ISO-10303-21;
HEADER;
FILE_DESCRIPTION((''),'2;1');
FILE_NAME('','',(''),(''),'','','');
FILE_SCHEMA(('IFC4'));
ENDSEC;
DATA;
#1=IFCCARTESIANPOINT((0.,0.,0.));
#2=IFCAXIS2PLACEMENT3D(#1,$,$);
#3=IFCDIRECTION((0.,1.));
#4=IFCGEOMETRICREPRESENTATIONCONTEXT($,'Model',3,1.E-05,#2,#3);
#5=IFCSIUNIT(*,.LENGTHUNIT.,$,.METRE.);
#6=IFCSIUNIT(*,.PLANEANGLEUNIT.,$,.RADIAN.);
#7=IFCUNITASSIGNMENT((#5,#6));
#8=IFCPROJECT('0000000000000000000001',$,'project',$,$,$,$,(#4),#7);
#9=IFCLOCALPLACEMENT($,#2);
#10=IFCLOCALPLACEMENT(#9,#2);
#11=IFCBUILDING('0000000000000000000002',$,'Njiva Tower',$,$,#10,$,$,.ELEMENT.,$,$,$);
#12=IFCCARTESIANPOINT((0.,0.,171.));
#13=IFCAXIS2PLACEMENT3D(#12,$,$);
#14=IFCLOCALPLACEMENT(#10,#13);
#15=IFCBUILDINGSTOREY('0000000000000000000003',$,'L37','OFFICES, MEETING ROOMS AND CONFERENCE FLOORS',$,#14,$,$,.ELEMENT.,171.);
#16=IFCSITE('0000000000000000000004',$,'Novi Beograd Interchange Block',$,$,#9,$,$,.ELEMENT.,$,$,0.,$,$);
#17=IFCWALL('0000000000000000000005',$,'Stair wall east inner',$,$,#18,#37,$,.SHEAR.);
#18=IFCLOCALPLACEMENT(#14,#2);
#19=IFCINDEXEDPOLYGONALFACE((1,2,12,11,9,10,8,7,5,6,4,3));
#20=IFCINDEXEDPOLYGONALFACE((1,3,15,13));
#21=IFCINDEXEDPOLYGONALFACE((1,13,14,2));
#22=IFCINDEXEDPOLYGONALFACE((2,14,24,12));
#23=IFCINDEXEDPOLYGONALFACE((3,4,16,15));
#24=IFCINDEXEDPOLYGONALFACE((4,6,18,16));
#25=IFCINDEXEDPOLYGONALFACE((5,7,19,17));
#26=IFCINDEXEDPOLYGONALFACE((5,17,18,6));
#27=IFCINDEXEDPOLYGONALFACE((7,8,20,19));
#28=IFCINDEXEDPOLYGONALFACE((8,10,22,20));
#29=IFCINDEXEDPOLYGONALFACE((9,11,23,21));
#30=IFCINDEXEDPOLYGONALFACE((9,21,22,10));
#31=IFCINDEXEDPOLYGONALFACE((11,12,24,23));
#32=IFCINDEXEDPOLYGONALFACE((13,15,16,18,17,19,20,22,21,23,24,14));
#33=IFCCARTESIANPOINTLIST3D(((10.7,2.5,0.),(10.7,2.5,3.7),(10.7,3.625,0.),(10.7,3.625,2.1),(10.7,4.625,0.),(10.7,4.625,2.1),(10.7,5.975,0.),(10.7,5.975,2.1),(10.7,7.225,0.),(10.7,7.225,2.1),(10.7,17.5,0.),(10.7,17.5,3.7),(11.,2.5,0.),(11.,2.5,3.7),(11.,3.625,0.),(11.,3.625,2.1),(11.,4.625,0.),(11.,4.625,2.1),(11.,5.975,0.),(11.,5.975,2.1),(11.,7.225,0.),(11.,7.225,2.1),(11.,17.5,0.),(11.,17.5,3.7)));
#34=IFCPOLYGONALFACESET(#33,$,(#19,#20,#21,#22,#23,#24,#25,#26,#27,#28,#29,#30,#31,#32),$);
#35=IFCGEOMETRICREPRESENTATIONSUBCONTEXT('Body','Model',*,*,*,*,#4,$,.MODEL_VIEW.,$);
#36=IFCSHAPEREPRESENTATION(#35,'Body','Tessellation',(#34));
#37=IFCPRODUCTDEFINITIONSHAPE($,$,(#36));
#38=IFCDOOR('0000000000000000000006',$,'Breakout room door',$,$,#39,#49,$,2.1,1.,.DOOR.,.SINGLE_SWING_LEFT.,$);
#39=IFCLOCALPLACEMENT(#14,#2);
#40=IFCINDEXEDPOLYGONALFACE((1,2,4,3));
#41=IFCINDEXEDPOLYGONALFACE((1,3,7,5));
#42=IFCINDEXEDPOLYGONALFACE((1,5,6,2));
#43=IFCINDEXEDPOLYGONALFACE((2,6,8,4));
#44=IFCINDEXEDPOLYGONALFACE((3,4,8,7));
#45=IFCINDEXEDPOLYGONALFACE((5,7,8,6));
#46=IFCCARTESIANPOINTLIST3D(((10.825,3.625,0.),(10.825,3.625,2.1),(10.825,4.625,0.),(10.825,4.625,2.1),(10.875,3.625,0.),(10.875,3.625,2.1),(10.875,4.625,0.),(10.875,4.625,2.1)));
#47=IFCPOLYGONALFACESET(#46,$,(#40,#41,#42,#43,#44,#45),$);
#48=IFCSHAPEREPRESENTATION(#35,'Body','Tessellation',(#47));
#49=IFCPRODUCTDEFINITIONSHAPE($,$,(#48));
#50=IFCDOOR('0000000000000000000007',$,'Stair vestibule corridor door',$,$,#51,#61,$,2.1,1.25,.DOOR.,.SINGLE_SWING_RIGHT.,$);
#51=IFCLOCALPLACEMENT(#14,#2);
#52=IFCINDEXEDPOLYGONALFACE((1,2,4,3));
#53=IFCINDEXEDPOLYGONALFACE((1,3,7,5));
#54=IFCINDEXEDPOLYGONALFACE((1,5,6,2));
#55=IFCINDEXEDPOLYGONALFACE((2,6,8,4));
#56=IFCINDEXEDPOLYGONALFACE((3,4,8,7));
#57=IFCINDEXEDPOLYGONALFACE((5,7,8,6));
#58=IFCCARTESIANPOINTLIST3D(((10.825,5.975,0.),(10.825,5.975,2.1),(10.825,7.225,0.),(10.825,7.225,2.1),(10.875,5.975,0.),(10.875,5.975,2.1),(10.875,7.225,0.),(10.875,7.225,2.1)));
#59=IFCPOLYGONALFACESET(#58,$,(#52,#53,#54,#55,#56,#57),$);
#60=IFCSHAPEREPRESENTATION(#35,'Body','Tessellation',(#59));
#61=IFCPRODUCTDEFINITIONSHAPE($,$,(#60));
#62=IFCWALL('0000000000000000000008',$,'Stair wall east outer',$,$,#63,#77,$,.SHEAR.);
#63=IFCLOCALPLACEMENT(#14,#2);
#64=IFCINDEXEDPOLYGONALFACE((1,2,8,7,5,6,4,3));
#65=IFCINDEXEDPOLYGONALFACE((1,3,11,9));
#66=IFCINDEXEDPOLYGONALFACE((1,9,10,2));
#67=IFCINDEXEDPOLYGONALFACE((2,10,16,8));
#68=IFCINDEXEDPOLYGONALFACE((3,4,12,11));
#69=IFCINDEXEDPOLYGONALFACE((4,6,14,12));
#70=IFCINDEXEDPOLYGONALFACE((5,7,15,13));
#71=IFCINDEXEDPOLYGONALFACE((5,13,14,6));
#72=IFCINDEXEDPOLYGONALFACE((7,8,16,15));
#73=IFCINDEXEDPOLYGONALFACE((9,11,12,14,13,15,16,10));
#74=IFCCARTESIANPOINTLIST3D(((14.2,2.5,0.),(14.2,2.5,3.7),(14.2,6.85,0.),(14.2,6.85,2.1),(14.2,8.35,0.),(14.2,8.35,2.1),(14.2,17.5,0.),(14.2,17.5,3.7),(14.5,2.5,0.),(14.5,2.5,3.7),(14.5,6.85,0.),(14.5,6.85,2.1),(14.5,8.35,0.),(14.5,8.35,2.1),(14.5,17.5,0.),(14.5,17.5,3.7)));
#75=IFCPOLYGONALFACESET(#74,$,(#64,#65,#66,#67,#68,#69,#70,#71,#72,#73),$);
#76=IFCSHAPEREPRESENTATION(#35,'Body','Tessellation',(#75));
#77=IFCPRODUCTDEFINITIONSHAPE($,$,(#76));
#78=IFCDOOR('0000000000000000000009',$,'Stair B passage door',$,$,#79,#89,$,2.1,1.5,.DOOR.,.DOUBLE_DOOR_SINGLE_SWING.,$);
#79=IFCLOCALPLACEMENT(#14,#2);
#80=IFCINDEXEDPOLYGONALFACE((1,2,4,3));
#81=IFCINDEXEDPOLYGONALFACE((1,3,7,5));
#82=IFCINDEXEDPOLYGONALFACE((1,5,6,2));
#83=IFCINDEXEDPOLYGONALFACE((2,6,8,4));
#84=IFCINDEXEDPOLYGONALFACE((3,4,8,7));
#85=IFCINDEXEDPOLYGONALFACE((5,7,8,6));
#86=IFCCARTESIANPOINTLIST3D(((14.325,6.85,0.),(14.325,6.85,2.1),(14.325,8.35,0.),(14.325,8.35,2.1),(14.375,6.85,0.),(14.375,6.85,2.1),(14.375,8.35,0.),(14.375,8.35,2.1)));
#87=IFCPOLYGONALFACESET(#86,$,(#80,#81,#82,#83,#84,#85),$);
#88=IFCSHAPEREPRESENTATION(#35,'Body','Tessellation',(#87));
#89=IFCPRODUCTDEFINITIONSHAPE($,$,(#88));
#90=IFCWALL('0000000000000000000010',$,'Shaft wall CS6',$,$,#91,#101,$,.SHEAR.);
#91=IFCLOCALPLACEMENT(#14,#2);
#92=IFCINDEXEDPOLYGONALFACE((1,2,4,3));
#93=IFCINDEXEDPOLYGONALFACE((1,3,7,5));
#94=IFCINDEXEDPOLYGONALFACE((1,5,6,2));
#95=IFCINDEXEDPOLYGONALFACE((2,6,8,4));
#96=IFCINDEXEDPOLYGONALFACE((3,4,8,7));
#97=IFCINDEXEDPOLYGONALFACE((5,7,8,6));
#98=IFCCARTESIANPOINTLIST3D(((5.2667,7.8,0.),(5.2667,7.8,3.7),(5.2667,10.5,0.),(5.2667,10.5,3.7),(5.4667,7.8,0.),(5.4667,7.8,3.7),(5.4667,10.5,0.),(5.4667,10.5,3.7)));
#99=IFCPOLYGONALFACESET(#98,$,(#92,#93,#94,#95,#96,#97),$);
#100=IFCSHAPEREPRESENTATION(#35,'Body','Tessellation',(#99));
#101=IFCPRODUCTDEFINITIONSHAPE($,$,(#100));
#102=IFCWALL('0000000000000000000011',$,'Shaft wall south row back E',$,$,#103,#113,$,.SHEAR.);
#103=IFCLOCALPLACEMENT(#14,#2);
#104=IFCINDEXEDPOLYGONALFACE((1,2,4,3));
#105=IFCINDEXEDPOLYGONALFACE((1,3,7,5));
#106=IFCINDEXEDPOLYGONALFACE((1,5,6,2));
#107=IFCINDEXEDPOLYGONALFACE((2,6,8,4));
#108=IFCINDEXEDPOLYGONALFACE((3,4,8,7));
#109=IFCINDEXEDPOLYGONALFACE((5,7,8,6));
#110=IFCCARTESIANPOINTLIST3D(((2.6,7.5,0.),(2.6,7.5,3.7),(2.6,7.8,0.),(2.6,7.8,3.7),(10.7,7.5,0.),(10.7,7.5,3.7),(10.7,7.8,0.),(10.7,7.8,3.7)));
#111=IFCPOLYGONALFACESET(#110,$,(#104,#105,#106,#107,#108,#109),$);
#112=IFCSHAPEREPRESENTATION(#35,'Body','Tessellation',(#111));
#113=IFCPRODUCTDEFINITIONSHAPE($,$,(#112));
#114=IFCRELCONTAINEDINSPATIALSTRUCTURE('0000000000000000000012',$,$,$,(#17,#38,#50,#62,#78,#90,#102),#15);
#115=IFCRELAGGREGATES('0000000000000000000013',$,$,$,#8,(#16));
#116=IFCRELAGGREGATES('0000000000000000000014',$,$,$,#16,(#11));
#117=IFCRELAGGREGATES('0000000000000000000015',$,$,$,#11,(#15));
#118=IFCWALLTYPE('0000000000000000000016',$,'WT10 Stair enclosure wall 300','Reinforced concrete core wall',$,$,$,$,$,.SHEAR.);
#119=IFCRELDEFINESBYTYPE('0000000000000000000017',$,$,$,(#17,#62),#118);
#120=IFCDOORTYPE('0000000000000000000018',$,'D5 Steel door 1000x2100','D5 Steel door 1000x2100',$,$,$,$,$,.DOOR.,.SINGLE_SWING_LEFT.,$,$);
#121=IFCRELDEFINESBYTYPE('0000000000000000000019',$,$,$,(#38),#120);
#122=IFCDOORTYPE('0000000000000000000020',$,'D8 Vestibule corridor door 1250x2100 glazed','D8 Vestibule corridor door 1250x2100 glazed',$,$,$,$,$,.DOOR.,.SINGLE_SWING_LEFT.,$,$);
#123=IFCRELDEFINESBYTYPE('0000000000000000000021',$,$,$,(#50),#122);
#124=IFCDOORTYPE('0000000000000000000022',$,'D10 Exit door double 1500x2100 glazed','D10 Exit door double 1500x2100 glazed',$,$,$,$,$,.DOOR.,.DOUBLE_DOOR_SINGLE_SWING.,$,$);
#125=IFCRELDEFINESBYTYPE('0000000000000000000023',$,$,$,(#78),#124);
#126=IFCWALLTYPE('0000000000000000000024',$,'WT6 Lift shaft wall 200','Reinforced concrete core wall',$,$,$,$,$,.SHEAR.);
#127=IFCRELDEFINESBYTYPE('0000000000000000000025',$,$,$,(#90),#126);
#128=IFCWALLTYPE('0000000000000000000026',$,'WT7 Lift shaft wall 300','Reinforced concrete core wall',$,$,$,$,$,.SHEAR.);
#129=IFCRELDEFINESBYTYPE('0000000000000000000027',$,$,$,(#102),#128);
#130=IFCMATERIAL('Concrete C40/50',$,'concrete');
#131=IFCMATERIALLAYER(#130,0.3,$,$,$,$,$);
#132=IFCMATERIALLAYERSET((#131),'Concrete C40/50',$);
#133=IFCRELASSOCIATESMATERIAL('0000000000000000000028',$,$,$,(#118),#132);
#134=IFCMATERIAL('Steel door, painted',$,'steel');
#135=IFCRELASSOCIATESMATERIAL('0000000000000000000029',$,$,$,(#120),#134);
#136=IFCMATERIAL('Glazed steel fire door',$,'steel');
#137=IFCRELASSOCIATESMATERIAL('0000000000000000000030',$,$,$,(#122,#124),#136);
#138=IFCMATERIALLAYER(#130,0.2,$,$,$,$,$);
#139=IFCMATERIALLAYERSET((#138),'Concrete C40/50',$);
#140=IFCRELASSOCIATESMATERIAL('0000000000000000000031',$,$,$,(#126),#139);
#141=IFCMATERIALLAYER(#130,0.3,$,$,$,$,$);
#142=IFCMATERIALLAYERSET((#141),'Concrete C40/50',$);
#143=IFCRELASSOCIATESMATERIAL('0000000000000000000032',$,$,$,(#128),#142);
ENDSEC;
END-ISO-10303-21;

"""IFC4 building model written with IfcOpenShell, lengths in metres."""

from ifc_helpers import new_model, si_unit, direction, frame, frame_2d, origin, place, context, subcontext, project, spatial, rectangle, extrude, material, layer, layer_set, type_object, element, fill, save


model = new_model("IFC4")

# Units and contexts
model_context = context("Model", 3, precision=1e-05, world=origin(), true_north=direction((0.0, 1.0)))
body_context = subcontext(model_context, "Body", "Model", "MODEL_VIEW")
ifc_project = project(units=[si_unit("LENGTHUNIT", "METRE"), si_unit("PLANEANGLEUNIT", "RADIAN")], contexts=[model_context])

# Site, building, storey
site_placement = place(None, origin())
site = spatial("IfcSite", under=ifc_project, at=site_placement, Name="Novi Beograd Interchange Block", CompositionType="ELEMENT", RefElevation=0.0)
building_placement = place(site_placement, origin())
building = spatial("IfcBuilding", under=site, at=building_placement, Name="Njiva Tower", CompositionType="ELEMENT")
storey_placement = place(building_placement, frame((0.0, 0.0, 171.0)))
storey = spatial("IfcBuildingStorey", under=building, at=storey_placement, Name="L37", Description="OFFICES, MEETING ROOMS AND CONFERENCE FLOORS", CompositionType="ELEMENT", Elevation=171.0)

# Wall, openings, doors
ifc_material_1 = material(Name="Concrete C40/50", Category="concrete")
ifc_layer_1 = layer(ifc_material_1, 0.3)
ifc_layer_set_1 = layer_set([ifc_layer_1], Name="Concrete C40/50")
wall_type_1 = type_object("IfcWallType", Name="WT10 Stair enclosure wall 300", Description="Reinforced concrete core wall", PredefinedType="SHEAR", material=ifc_layer_set_1)
wall_1_placement = place(storey_placement, frame((10.85, 2.5, 0.0), z_axis=(0.0, 0.0, 1.0), x_axis=(0.0, 1.0, 0.0)))
wall_1 = element("IfcWall", 1, at=wall_1_placement, inside=storey, type_object=wall_type_1, Name="Stair wall east inner", PredefinedType="SHEAR", context=body_context, shape_type="SweptSolid", body=[
    extrude(rectangle(XDim=15.0, YDim=0.3, at=frame_2d((7.5, 0.0))), origin(), (0.0, 0.0, 1.0), 3.7),
])
opening_1_placement = place(wall_1_placement, frame((3.475, 0.0, 0.0)))
opening_1 = element("IfcOpeningElement", 2, at=opening_1_placement, cuts=wall_1, PredefinedType="OPENING", context=body_context, shape_type="SweptSolid", body=[
    extrude(rectangle(XDim=1.25, YDim=2.1, at=frame_2d((0.625, 1.05))), frame((0.0, 0.16, 0.0), z_axis=(0.0, -1.0, 0.0), x_axis=(1.0, 0.0, 0.0)), (0.0, 0.0, 1.0), 0.32),
])
opening_2_placement = place(wall_1_placement, frame((1.125, 0.0, 0.0)))
opening_2 = element("IfcOpeningElement", 3, at=opening_2_placement, cuts=wall_1, PredefinedType="OPENING", context=body_context, shape_type="SweptSolid", body=[
    extrude(rectangle(XDim=1.0, YDim=2.1, at=frame_2d((0.5, 1.05))), frame((0.0, 0.16, 0.0), z_axis=(0.0, -1.0, 0.0), x_axis=(1.0, 0.0, 0.0)), (0.0, 0.0, 1.0), 0.32),
])
ifc_material_2 = material(Name="Steel door, painted", Category="steel")
door_type_1 = type_object("IfcDoorType", Name="D5 Steel door 1000x2100", Description="D5 Steel door 1000x2100", OperationType="SINGLE_SWING_LEFT", PredefinedType="DOOR", material=ifc_material_2)
door_1_placement = place(opening_2_placement, origin())
door_1 = element("IfcDoor", 4, at=door_1_placement, inside=storey, type_object=door_type_1, Name="Breakout room door", OperationType="SINGLE_SWING_LEFT", OverallHeight=2.1, OverallWidth=1.0, PredefinedType="DOOR", context=body_context, shape_type="SweptSolid", body=[
    extrude(rectangle(XDim=1.0, YDim=2.1, at=frame_2d((0.5, 1.05))), frame((0.0, 0.025, 0.0), z_axis=(0.0, -1.0, 0.0), x_axis=(1.0, 0.0, 0.0)), (0.0, 0.0, 1.0), 0.05),
])
fill(opening_2, door_1)
ifc_material_3 = material(Name="Glazed steel fire door", Category="steel")
door_type_2 = type_object("IfcDoorType", Name="D8 Vestibule corridor door 1250x2100 glazed", Description="D8 Vestibule corridor door 1250x2100 glazed", OperationType="SINGLE_SWING_LEFT", PredefinedType="DOOR", material=ifc_material_3)
door_2_placement = place(opening_1_placement, origin())
door_2 = element("IfcDoor", 5, at=door_2_placement, inside=storey, type_object=door_type_2, Name="Stair vestibule corridor door", OperationType="SINGLE_SWING_RIGHT", OverallHeight=2.1, OverallWidth=1.25, PredefinedType="DOOR", context=body_context, shape_type="SweptSolid", body=[
    extrude(rectangle(XDim=1.25, YDim=2.1, at=frame_2d((0.625, 1.05))), frame((0.0, 0.025, 0.0), z_axis=(0.0, -1.0, 0.0), x_axis=(1.0, 0.0, 0.0)), (0.0, 0.0, 1.0), 0.05),
])
fill(opening_1, door_2)

# Wall, opening, door
wall_2_placement = place(storey_placement, frame((14.35, 2.5, 0.0), z_axis=(0.0, 0.0, 1.0), x_axis=(0.0, 1.0, 0.0)))
wall_2 = element("IfcWall", 6, at=wall_2_placement, inside=storey, type_object=wall_type_1, Name="Stair wall east outer", PredefinedType="SHEAR", context=body_context, shape_type="SweptSolid", body=[
    extrude(rectangle(XDim=15.0, YDim=0.3, at=frame_2d((7.5, 0.0))), origin(), (0.0, 0.0, 1.0), 3.7),
])
opening_3_placement = place(wall_2_placement, frame((4.35, 0.0, 0.0)))
opening_3 = element("IfcOpeningElement", 7, at=opening_3_placement, cuts=wall_2, PredefinedType="OPENING", context=body_context, shape_type="SweptSolid", body=[
    extrude(rectangle(XDim=1.5, YDim=2.1, at=frame_2d((0.75, 1.05))), frame((0.0, 0.16, 0.0), z_axis=(0.0, -1.0, 0.0), x_axis=(1.0, 0.0, 0.0)), (0.0, 0.0, 1.0), 0.32),
])
door_type_3 = type_object("IfcDoorType", Name="D10 Exit door double 1500x2100 glazed", Description="D10 Exit door double 1500x2100 glazed", OperationType="DOUBLE_DOOR_SINGLE_SWING", PredefinedType="DOOR", material=ifc_material_3)
door_3_placement = place(opening_3_placement, origin())
door_3 = element("IfcDoor", 8, at=door_3_placement, inside=storey, type_object=door_type_3, Name="Stair B passage door", OperationType="DOUBLE_DOOR_SINGLE_SWING", OverallHeight=2.1, OverallWidth=1.5, PredefinedType="DOOR", context=body_context, shape_type="SweptSolid", body=[
    extrude(rectangle(XDim=1.5, YDim=2.1, at=frame_2d((0.75, 1.05))), frame((0.0, 0.025, 0.0), z_axis=(0.0, -1.0, 0.0), x_axis=(1.0, 0.0, 0.0)), (0.0, 0.0, 1.0), 0.05),
])
fill(opening_3, door_3)

# Walls
ifc_layer_2 = layer(ifc_material_1, 0.2)
ifc_layer_set_2 = layer_set([ifc_layer_2], Name="Concrete C40/50")
wall_type_2 = type_object("IfcWallType", Name="WT6 Lift shaft wall 200", Description="Reinforced concrete core wall", PredefinedType="SHEAR", material=ifc_layer_set_2)
wall_3_placement = place(storey_placement, frame((5.3667, 7.8, 0.0), z_axis=(0.0, 0.0, 1.0), x_axis=(0.0, 1.0, 0.0)))
element("IfcWall", 9, at=wall_3_placement, inside=storey, type_object=wall_type_2, Name="Shaft wall CS6", PredefinedType="SHEAR", context=body_context, shape_type="SweptSolid", body=[
    extrude(rectangle(XDim=2.7, YDim=0.2, at=frame_2d((1.35, 0.0))), origin(), (0.0, 0.0, 1.0), 3.7),
])
ifc_layer_3 = layer(ifc_material_1, 0.3)
ifc_layer_set_3 = layer_set([ifc_layer_3], Name="Concrete C40/50")
wall_type_3 = type_object("IfcWallType", Name="WT7 Lift shaft wall 300", Description="Reinforced concrete core wall", PredefinedType="SHEAR", material=ifc_layer_set_3)
wall_4_placement = place(storey_placement, frame((2.6, 7.65, 0.0), z_axis=(0.0, 0.0, 1.0), x_axis=(1.0, 0.0, 0.0)))
element("IfcWall", 10, at=wall_4_placement, inside=storey, type_object=wall_type_3, Name="Shaft wall south row back E", PredefinedType="SHEAR", context=body_context, shape_type="SweptSolid", body=[
    extrude(rectangle(XDim=8.1, YDim=0.3, at=frame_2d((4.05, 0.0))), origin(), (0.0, 0.0, 1.0), 3.7),
])

save(model, "model.ifc")
